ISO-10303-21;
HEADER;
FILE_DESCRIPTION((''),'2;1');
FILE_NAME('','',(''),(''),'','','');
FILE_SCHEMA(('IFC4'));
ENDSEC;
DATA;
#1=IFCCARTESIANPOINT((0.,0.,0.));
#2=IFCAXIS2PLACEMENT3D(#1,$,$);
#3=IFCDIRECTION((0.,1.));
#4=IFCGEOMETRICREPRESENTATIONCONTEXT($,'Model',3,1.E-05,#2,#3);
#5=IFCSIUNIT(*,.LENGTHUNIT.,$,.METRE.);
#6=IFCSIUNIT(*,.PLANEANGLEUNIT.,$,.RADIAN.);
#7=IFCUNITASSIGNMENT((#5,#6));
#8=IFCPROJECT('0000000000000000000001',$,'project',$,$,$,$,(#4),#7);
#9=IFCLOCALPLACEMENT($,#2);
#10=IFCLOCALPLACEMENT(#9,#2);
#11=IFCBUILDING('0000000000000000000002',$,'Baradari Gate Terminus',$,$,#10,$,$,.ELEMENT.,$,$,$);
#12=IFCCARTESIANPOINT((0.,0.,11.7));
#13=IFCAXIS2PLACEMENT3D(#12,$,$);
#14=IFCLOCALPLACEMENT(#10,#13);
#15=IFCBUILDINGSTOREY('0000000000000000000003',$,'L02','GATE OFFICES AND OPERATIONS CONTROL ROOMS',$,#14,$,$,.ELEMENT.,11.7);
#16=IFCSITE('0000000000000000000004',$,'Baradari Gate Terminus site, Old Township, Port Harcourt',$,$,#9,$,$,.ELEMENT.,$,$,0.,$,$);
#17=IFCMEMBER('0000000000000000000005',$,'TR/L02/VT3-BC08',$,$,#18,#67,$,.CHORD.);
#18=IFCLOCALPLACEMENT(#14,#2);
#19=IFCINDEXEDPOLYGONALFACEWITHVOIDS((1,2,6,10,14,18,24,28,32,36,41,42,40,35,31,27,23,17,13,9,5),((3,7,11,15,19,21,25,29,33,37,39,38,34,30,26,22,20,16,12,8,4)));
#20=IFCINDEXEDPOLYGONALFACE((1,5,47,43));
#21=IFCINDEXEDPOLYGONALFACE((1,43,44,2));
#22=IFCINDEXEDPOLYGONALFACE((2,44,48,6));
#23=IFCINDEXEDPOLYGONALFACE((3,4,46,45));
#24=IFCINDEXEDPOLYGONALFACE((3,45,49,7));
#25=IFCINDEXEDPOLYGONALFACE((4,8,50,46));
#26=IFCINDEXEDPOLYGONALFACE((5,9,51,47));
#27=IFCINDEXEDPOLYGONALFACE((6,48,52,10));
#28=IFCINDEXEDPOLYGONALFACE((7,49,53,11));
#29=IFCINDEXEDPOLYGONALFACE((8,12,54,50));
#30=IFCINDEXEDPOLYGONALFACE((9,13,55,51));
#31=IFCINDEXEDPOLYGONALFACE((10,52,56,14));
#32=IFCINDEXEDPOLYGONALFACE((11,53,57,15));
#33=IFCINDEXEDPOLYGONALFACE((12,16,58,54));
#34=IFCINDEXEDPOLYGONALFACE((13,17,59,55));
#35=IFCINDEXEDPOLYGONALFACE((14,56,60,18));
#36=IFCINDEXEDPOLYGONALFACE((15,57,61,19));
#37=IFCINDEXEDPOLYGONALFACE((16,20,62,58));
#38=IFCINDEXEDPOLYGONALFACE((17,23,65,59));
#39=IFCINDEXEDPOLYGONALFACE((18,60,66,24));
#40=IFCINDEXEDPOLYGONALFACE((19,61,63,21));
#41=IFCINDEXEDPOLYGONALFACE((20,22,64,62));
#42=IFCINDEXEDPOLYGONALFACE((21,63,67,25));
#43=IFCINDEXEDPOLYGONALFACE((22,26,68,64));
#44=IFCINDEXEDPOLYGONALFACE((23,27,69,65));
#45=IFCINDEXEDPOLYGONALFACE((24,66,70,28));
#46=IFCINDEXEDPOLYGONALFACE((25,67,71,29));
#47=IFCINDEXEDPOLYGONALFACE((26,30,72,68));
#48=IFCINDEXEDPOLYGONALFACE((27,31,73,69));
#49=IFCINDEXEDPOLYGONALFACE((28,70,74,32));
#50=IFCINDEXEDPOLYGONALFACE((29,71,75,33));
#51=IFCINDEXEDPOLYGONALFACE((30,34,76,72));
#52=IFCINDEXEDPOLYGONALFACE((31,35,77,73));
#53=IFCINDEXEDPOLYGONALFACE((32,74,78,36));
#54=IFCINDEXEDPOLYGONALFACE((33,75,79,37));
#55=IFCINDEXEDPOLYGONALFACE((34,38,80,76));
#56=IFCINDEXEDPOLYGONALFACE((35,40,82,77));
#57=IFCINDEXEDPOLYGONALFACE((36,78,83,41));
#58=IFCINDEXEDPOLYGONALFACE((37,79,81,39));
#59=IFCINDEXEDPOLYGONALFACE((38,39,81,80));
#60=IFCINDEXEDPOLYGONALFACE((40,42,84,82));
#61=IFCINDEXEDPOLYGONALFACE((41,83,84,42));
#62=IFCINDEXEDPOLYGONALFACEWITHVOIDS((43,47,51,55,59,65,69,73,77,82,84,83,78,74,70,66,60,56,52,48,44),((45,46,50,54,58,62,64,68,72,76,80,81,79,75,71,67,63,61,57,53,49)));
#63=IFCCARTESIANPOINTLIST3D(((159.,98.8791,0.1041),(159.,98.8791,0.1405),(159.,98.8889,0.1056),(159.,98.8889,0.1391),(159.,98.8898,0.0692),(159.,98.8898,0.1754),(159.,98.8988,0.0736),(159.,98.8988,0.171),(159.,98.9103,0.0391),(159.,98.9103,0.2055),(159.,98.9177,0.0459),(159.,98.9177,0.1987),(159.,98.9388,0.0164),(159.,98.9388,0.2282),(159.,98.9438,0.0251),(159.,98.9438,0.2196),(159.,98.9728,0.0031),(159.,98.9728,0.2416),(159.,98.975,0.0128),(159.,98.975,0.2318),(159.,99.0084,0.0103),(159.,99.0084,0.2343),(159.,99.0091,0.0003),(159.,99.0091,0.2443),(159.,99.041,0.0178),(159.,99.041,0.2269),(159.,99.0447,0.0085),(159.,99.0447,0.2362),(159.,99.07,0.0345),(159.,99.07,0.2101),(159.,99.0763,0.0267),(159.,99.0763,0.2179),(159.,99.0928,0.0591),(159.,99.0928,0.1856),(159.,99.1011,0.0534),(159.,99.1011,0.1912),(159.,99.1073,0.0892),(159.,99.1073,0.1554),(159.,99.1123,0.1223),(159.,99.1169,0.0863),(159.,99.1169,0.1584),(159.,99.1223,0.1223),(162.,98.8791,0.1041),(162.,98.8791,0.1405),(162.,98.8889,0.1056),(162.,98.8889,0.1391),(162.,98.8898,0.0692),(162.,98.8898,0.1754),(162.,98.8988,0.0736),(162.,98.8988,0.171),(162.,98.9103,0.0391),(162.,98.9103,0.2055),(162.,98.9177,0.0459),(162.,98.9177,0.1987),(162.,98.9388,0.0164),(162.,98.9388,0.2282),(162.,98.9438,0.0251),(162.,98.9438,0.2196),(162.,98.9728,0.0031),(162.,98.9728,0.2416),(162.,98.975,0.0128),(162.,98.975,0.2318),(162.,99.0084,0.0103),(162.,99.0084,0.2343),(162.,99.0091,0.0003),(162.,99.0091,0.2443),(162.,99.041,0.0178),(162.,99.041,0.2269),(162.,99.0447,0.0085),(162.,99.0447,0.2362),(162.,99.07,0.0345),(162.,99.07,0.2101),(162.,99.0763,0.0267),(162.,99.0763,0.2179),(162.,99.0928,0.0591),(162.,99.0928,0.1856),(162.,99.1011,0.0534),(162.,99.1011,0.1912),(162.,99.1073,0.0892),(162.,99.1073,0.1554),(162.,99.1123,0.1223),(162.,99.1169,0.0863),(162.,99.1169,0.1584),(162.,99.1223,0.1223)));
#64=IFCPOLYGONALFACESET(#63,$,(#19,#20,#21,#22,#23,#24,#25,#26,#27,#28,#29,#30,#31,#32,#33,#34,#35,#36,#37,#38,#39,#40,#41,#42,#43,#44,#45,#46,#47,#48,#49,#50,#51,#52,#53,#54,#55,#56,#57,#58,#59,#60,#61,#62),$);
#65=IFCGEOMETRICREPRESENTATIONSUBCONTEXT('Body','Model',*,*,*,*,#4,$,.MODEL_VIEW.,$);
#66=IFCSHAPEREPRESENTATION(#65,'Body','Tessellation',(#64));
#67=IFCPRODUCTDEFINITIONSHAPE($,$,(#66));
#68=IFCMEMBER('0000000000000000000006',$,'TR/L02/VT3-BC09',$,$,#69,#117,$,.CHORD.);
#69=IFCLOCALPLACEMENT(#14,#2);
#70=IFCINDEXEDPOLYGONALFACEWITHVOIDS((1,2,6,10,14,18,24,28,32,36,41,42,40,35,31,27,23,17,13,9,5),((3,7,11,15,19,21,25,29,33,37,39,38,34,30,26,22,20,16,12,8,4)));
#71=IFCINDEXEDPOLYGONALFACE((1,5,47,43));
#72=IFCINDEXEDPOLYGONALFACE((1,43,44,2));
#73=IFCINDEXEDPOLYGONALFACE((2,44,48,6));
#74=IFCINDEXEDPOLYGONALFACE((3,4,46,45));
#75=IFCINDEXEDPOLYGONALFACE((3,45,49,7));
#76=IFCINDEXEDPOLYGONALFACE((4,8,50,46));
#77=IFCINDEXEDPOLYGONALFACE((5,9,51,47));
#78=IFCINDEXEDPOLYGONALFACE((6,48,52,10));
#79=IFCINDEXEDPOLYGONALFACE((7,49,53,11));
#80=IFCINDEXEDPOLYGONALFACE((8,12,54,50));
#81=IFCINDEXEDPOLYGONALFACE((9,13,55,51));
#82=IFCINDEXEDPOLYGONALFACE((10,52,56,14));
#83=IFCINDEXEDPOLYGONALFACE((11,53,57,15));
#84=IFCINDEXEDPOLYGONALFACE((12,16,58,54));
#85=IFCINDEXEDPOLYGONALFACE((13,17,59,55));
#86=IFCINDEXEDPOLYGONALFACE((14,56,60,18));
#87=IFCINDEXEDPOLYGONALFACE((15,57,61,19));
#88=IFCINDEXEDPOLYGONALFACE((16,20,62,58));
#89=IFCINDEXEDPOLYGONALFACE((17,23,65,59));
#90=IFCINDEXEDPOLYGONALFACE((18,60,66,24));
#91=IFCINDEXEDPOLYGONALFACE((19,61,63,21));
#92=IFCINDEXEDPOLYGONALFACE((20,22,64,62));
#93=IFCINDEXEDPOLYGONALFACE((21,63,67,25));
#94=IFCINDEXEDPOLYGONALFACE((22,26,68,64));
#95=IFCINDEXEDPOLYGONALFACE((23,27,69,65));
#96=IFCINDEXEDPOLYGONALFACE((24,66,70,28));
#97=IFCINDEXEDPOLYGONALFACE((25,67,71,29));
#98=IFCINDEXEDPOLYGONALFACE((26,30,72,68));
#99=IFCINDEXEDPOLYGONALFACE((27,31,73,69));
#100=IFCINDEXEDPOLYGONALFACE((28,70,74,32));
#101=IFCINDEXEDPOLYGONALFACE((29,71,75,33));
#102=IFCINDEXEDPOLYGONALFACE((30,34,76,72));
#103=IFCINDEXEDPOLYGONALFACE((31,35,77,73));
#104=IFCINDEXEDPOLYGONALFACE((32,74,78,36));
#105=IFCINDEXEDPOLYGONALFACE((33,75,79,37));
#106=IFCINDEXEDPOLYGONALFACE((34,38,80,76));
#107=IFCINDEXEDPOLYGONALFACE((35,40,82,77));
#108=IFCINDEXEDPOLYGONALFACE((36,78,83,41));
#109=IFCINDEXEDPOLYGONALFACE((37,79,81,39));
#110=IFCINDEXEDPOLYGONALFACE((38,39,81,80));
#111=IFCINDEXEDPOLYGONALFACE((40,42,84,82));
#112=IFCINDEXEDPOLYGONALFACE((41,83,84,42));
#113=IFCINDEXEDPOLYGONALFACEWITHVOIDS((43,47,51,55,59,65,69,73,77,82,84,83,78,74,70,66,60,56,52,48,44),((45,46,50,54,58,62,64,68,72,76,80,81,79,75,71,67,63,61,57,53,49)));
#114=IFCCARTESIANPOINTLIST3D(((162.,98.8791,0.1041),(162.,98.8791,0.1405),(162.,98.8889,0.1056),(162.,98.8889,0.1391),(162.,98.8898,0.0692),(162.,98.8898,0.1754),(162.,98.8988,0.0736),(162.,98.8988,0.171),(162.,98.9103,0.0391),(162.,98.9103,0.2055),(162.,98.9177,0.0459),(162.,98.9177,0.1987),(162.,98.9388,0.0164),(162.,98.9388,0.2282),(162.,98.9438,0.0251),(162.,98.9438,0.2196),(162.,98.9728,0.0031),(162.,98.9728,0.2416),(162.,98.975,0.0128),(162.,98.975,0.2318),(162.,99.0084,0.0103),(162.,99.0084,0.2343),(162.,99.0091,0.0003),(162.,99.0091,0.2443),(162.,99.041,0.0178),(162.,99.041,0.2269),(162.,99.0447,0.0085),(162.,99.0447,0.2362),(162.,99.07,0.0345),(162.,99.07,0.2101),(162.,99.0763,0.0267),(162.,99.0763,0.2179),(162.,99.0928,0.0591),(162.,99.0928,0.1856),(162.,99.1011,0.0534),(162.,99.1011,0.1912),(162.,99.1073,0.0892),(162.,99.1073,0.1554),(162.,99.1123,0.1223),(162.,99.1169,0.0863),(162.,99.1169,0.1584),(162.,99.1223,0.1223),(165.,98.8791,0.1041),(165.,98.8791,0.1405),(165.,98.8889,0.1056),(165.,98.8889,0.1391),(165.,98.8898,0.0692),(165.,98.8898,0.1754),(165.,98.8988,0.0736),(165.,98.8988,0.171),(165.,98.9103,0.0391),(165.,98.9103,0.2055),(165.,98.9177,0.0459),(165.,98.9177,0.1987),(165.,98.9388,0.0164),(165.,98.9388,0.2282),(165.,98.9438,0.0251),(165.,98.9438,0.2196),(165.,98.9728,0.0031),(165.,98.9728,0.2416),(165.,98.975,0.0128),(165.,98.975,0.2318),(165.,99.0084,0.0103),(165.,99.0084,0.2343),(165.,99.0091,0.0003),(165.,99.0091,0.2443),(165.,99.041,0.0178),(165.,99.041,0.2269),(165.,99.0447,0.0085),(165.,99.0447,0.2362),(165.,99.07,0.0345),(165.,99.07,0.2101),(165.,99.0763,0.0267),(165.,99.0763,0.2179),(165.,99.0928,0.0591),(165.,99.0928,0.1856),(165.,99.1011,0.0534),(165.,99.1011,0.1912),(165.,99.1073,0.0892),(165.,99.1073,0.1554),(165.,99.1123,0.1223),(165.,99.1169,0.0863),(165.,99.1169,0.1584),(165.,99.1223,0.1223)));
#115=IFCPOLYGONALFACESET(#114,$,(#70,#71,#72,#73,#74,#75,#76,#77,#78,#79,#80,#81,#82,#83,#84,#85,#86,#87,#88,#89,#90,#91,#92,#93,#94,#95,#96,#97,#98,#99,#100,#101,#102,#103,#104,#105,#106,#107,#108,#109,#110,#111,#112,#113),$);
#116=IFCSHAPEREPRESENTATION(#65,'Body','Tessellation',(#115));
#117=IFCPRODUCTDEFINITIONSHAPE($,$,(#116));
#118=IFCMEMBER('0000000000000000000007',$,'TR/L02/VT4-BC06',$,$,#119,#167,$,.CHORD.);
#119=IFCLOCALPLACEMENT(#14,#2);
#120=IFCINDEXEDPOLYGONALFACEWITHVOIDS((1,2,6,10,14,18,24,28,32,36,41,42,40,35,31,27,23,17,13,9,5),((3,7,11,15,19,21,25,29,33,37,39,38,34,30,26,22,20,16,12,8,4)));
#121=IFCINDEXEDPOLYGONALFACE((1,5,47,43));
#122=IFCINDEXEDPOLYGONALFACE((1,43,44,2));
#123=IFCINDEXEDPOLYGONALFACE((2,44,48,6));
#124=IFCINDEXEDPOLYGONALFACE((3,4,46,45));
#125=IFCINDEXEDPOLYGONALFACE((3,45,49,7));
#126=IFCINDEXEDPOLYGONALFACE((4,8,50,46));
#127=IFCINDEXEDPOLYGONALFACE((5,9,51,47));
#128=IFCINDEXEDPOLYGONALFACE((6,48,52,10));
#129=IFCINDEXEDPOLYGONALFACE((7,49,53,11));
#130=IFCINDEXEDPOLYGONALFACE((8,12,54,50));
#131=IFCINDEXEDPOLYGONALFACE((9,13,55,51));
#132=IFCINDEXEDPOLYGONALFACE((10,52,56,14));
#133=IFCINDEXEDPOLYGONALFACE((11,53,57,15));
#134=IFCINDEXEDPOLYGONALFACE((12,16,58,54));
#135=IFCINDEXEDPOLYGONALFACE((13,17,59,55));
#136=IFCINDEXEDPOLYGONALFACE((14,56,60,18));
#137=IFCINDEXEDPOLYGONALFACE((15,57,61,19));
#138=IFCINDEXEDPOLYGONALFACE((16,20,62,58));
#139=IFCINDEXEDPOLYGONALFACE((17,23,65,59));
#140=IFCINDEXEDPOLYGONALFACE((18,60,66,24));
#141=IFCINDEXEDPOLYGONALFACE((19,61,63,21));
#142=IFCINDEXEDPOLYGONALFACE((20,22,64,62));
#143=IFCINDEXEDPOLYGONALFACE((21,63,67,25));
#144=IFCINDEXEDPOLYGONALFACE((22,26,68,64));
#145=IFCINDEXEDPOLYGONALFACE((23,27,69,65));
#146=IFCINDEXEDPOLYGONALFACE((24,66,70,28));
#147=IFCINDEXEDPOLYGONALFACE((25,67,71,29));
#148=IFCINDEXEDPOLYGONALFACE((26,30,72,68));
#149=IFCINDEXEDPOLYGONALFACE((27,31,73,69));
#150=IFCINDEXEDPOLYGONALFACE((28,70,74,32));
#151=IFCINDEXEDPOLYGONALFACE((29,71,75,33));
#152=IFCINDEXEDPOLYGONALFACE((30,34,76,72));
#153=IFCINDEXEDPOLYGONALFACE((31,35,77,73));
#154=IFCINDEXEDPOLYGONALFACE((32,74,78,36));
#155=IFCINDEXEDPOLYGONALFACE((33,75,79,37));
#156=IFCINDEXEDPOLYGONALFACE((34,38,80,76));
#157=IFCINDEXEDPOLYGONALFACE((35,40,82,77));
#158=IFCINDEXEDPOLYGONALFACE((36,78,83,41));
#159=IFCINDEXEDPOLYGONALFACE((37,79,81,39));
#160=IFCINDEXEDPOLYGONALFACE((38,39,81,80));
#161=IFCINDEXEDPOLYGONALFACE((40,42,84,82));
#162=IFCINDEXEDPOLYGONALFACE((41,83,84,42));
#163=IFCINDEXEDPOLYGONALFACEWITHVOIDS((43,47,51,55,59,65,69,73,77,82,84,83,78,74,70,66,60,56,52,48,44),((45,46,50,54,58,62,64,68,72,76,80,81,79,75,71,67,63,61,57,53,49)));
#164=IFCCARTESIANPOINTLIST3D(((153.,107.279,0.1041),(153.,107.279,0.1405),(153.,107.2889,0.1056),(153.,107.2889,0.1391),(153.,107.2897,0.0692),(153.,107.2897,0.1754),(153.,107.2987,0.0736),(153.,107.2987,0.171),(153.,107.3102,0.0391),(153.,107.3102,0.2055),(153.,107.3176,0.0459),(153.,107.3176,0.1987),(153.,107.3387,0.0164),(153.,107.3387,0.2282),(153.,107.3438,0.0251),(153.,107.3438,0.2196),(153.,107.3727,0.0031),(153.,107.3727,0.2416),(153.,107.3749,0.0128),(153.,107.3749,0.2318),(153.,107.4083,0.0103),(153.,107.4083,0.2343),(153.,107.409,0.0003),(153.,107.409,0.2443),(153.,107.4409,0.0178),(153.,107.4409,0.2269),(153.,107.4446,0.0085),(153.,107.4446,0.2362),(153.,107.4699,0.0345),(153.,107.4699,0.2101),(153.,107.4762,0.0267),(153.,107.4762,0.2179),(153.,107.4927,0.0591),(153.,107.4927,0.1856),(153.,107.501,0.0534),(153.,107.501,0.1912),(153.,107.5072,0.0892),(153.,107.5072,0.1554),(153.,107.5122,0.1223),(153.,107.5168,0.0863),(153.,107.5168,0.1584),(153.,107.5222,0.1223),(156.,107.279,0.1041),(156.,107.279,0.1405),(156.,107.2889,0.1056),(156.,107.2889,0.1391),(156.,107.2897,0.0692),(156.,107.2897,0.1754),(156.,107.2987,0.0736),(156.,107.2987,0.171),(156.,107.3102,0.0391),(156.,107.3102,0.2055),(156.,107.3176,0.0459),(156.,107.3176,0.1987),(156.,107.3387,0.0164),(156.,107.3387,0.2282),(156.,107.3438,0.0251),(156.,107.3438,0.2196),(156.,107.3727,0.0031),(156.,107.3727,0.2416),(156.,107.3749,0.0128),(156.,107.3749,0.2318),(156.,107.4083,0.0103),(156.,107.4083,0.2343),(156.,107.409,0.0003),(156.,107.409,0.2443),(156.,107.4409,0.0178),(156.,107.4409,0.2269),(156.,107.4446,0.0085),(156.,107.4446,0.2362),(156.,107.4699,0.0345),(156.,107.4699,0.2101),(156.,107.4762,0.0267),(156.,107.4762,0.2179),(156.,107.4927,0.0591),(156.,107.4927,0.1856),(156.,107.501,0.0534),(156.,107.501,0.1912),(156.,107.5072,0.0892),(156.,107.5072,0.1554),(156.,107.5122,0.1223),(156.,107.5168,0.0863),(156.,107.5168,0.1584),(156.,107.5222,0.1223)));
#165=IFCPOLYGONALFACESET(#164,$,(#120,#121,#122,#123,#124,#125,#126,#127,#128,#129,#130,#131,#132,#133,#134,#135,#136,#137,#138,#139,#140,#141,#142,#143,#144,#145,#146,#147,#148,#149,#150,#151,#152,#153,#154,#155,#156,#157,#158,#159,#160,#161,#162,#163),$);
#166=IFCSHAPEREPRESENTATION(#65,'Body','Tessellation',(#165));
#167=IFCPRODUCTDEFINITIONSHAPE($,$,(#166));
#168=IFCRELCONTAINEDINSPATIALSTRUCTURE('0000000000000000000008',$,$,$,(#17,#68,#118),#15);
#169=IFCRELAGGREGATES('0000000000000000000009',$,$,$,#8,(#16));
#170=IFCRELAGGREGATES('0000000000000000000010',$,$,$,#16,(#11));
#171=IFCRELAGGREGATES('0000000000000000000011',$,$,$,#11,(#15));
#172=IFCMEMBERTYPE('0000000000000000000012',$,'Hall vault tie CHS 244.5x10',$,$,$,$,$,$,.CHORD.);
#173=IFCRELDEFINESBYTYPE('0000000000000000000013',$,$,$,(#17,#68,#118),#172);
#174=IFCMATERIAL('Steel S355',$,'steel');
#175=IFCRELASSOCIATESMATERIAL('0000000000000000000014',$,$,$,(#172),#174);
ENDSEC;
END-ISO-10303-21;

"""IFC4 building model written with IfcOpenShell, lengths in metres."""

from ifc_helpers import new_model, si_unit, direction, frame, origin, origin_2d, place, context, subcontext, project, spatial, hollow_circle, extrude, material, material_profile, profile_set, type_object, element, save


model = new_model("IFC4")

# Units and contexts
model_context = context("Model", 3, precision=1e-05, world=origin(), true_north=direction((0.0, 1.0)))
body_context = subcontext(model_context, "Body", "Model", "MODEL_VIEW")
ifc_project = project(units=[si_unit("LENGTHUNIT", "METRE"), si_unit("PLANEANGLEUNIT", "RADIAN")], contexts=[model_context])

# Site, building, storey
site_placement = place(None, origin())
site = spatial("IfcSite", under=ifc_project, at=site_placement, Name="Baradari Gate Terminus site, Old Township, Port Harcourt", CompositionType="ELEMENT", RefElevation=0.0)
building_placement = place(site_placement, origin())
building = spatial("IfcBuilding", under=site, at=building_placement, Name="Baradari Gate Terminus", CompositionType="ELEMENT")
storey_placement = place(building_placement, frame((0.0, 0.0, 11.7)))
storey = spatial("IfcBuildingStorey", under=building, at=storey_placement, Name="L02", Description="GATE OFFICES AND OPERATIONS CONTROL ROOMS", CompositionType="ELEMENT", Elevation=11.7)

# Members
ifc_material_1 = material(Name="Steel S355", Category="steel")
ifc_material_profile_1 = material_profile(ifc_material_1, hollow_circle(Radius=0.1223, WallThickness=0.01, at=origin_2d()), Name="CHS 244.5x10")
ifc_profile_set_1 = profile_set([ifc_material_profile_1], Name="Steel S355")
member_type_1 = type_object("IfcMemberType", Name="Hall vault tie CHS 244.5x10", PredefinedType="CHORD", material=ifc_profile_set_1)
for number, where, z_axis, x_axis, name in (
    (1, (159.0, 99.0, 0.1223), (1.0, 0.0, 0.0), (0.0, 1.0, 0.0), "TR/L02/VT3-BC08"),
    (2, (162.0, 99.0, 0.1223), (1.0, 0.0, 0.0), (0.0, 1.0, 0.0), "TR/L02/VT3-BC09"),
    (3, (153.0, 107.3999, 0.1223), (1.0, 0.0, 0.0), (0.0, 1.0, 0.0), "TR/L02/VT4-BC06"),
):
    element("IfcMember", number, at=place(storey_placement, frame(where, z_axis=z_axis, x_axis=x_axis)), inside=storey, type_object=member_type_1, Name=name, PredefinedType="CHORD", context=body_context, shape_type="SweptSolid", body=[
        extrude(hollow_circle(Radius=0.1223, WallThickness=0.01, at=origin_2d()), origin(), (0.0, 0.0, 1.0), 3.0),
    ])

save(model, "model.ifc")
